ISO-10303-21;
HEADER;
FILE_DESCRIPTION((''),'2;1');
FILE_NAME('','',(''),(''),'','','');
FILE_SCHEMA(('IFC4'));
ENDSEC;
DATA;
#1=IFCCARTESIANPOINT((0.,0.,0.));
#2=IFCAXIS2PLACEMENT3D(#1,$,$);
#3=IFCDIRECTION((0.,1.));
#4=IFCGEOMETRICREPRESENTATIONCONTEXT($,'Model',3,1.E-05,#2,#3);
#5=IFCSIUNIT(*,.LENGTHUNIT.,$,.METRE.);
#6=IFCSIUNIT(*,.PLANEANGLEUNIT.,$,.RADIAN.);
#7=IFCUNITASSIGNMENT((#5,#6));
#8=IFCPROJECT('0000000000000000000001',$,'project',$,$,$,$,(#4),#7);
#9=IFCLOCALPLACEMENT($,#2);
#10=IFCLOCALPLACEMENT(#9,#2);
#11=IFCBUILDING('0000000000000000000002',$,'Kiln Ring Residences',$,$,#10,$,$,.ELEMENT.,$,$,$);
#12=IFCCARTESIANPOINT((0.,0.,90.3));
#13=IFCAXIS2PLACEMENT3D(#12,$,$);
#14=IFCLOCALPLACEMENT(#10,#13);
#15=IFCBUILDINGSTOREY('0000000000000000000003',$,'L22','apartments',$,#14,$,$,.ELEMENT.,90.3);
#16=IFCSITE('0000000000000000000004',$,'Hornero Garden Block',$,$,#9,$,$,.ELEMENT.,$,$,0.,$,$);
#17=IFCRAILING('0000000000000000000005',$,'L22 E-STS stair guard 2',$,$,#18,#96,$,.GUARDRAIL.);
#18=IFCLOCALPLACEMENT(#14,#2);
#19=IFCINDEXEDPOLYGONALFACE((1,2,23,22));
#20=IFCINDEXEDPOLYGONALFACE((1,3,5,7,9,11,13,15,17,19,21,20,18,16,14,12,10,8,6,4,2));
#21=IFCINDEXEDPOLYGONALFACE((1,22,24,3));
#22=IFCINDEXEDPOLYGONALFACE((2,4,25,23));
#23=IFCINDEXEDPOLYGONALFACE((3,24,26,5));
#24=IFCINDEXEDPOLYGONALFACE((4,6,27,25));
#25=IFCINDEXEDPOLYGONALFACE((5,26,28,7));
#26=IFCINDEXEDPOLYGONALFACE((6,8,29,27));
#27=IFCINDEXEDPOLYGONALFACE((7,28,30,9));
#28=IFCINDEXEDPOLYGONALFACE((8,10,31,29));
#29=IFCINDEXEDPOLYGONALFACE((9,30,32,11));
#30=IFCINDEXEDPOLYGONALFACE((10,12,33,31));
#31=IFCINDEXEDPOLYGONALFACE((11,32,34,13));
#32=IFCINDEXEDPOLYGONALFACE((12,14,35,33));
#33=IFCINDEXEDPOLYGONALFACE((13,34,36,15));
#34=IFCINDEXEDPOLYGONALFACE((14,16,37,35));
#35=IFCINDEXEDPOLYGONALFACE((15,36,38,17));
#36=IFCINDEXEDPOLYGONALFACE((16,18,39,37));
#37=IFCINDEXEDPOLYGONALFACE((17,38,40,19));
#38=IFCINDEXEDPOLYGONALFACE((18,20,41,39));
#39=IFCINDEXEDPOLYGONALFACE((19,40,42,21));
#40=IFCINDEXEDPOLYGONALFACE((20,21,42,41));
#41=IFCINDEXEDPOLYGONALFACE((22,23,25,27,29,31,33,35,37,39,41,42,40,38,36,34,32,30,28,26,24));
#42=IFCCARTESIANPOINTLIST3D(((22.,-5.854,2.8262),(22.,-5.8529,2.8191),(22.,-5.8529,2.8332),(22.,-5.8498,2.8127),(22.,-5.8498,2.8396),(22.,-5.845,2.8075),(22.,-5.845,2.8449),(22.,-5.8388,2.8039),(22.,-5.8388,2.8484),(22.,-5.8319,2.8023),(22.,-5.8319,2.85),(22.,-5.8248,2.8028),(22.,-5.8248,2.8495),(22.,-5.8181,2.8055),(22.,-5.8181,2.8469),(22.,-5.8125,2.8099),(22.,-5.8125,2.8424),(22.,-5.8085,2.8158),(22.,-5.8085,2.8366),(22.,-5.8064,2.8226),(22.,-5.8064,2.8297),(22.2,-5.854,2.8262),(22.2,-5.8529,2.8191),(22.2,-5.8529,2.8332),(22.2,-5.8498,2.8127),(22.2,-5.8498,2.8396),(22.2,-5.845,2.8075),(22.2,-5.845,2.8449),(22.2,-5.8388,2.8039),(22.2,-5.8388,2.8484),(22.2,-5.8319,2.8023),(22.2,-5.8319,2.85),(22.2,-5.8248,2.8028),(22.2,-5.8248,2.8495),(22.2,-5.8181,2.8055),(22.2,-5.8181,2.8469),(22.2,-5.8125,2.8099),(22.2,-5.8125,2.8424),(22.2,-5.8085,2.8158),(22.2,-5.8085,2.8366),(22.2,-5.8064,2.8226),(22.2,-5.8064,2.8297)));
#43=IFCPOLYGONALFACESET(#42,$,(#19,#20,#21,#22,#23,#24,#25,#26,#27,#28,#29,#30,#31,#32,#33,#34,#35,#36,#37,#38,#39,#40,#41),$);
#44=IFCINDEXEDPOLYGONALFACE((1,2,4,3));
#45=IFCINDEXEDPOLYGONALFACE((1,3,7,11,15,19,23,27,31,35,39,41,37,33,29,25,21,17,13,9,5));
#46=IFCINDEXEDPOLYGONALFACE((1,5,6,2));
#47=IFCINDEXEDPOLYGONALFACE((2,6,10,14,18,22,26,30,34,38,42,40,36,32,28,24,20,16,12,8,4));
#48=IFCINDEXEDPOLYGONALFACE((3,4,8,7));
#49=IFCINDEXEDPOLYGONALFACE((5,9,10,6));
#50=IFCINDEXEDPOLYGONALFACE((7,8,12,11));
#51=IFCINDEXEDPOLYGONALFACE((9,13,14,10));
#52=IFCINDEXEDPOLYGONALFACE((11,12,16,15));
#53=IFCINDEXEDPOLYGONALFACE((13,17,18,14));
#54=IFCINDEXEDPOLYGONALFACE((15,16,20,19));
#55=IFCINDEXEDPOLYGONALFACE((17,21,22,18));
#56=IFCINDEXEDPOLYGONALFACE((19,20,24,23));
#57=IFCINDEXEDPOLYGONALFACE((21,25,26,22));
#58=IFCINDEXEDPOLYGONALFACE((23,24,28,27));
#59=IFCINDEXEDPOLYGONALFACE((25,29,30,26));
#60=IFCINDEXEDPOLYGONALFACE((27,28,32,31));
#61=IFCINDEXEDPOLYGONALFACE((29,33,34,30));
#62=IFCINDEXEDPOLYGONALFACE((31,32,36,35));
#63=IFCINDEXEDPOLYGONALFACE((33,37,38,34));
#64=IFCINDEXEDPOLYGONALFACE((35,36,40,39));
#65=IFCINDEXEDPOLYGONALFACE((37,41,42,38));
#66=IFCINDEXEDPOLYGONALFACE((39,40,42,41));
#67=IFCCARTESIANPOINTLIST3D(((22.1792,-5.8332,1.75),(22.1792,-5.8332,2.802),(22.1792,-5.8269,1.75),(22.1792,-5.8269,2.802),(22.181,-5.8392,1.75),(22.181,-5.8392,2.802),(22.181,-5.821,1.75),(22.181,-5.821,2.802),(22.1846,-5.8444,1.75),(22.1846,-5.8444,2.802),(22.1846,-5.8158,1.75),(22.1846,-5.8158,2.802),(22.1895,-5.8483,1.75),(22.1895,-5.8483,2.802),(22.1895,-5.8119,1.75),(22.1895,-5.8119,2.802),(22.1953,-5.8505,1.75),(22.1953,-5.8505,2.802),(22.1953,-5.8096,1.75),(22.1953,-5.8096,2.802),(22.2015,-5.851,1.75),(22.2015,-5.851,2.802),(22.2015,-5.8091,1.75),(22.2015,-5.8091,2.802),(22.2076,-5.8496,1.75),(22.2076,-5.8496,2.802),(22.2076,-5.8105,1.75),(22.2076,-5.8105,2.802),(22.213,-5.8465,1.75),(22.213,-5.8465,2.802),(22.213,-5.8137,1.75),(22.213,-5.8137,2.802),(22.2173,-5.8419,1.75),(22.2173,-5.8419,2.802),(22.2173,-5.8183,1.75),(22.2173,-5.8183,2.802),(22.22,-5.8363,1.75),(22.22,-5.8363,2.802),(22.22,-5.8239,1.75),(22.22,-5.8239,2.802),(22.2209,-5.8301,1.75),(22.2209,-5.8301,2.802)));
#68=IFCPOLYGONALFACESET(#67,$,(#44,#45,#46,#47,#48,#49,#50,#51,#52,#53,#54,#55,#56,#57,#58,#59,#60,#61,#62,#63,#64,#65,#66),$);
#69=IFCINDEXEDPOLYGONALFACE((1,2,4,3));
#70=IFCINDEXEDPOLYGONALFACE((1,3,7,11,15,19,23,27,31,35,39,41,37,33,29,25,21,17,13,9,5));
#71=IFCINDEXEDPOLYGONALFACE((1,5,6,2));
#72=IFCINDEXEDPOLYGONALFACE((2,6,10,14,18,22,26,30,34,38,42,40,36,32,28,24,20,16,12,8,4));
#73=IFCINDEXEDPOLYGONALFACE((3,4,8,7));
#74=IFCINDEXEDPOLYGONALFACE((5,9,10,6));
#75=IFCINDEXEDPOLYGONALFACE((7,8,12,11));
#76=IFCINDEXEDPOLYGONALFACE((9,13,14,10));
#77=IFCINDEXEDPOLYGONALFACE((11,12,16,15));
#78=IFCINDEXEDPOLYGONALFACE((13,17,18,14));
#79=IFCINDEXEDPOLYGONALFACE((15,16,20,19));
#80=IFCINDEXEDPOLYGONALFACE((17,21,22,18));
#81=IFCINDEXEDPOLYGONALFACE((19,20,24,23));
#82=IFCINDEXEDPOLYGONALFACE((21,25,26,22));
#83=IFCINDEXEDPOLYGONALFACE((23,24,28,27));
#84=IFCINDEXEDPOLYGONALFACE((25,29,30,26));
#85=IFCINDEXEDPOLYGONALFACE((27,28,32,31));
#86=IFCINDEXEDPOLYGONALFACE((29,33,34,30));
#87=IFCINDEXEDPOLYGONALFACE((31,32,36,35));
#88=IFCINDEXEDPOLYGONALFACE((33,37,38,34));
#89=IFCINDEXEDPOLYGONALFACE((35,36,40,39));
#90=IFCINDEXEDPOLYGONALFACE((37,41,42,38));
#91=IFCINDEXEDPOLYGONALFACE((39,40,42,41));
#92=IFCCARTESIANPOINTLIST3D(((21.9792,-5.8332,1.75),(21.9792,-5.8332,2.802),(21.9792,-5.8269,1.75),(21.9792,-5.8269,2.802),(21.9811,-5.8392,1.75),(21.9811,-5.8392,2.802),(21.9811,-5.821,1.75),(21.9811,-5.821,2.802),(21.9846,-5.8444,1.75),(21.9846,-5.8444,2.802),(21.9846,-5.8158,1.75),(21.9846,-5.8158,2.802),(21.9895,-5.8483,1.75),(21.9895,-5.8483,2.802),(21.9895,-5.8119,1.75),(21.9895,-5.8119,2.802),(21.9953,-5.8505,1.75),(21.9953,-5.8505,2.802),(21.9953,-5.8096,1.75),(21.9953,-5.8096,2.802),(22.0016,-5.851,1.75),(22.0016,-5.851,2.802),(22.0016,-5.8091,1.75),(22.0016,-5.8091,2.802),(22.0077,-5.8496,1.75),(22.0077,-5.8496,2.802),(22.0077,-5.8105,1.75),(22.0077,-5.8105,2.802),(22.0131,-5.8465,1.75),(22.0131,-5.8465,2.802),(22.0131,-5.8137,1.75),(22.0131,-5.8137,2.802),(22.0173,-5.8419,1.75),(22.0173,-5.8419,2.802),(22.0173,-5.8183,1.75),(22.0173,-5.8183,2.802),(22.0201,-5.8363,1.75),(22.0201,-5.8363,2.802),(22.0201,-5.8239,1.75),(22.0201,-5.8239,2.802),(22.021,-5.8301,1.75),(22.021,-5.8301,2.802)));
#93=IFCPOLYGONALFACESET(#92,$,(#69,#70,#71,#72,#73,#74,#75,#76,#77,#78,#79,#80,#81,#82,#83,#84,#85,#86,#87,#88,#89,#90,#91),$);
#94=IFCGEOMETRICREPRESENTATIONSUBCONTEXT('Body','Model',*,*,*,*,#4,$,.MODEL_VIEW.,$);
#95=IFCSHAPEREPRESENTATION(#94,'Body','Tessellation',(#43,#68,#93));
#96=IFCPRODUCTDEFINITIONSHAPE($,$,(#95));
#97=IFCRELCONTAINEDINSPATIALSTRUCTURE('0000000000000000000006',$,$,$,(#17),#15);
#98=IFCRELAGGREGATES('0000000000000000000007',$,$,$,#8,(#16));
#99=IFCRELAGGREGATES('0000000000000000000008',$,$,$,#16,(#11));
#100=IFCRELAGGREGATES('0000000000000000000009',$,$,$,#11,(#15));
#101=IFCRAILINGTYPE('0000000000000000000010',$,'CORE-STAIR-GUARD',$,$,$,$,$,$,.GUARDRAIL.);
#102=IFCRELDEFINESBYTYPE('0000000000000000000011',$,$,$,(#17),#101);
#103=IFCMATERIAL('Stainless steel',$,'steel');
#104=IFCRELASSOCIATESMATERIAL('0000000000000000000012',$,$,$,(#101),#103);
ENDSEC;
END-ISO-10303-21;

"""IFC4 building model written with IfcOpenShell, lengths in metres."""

from ifc_helpers import new_model, si_unit, direction, frame, origin, origin_2d, place, context, subcontext, project, spatial, circle, extrude, material, type_object, element, save


model = new_model("IFC4")

# Units and contexts
model_context = context("Model", 3, precision=1e-05, world=origin(), true_north=direction((0.0, 1.0)))
body_context = subcontext(model_context, "Body", "Model", "MODEL_VIEW")
ifc_project = project(units=[si_unit("LENGTHUNIT", "METRE"), si_unit("PLANEANGLEUNIT", "RADIAN")], contexts=[model_context])

# Site, building, storey
site_placement = place(None, origin())
site = spatial("IfcSite", under=ifc_project, at=site_placement, Name="Hornero Garden Block", CompositionType="ELEMENT", RefElevation=0.0)
building_placement = place(site_placement, origin())
building = spatial("IfcBuilding", under=site, at=building_placement, Name="Kiln Ring Residences", CompositionType="ELEMENT")
storey_placement = place(building_placement, frame((0.0, 0.0, 90.3)))
storey = spatial("IfcBuildingStorey", under=building, at=storey_placement, Name="L22", Description="apartments", CompositionType="ELEMENT", Elevation=90.3)

# Railing
ifc_material_1 = material(Name="Stainless steel", Category="steel")
railing_type_1 = type_object("IfcRailingType", Name="CORE-STAIR-GUARD", PredefinedType="GUARDRAIL", material=ifc_material_1)
railing_1_placement = place(storey_placement, frame((22.2, -5.8301, 1.75)))
element("IfcRailing", 1, at=railing_1_placement, inside=storey, type_object=railing_type_1, Name="L22 E-STS stair guard 2", PredefinedType="GUARDRAIL", context=body_context, shape_type="SweptSolid", body=[
    extrude(circle(Radius=0.0239, at=origin_2d()), frame((0.0, 0.0, 1.0762), z_axis=(-1.0, 0.0, 0.0), x_axis=(0.0, -1.0, 0.0)), (0.0, 0.0, 1.0), 0.2),
    extrude(circle(Radius=0.021, at=origin_2d()), origin(), (0.0, 0.0, 1.0), 1.052),
    extrude(circle(Radius=0.021, at=origin_2d()), frame((-0.2, 0.0, 0.0)), (0.0, 0.0, 1.0), 1.052),
])

save(model, "model.ifc")
